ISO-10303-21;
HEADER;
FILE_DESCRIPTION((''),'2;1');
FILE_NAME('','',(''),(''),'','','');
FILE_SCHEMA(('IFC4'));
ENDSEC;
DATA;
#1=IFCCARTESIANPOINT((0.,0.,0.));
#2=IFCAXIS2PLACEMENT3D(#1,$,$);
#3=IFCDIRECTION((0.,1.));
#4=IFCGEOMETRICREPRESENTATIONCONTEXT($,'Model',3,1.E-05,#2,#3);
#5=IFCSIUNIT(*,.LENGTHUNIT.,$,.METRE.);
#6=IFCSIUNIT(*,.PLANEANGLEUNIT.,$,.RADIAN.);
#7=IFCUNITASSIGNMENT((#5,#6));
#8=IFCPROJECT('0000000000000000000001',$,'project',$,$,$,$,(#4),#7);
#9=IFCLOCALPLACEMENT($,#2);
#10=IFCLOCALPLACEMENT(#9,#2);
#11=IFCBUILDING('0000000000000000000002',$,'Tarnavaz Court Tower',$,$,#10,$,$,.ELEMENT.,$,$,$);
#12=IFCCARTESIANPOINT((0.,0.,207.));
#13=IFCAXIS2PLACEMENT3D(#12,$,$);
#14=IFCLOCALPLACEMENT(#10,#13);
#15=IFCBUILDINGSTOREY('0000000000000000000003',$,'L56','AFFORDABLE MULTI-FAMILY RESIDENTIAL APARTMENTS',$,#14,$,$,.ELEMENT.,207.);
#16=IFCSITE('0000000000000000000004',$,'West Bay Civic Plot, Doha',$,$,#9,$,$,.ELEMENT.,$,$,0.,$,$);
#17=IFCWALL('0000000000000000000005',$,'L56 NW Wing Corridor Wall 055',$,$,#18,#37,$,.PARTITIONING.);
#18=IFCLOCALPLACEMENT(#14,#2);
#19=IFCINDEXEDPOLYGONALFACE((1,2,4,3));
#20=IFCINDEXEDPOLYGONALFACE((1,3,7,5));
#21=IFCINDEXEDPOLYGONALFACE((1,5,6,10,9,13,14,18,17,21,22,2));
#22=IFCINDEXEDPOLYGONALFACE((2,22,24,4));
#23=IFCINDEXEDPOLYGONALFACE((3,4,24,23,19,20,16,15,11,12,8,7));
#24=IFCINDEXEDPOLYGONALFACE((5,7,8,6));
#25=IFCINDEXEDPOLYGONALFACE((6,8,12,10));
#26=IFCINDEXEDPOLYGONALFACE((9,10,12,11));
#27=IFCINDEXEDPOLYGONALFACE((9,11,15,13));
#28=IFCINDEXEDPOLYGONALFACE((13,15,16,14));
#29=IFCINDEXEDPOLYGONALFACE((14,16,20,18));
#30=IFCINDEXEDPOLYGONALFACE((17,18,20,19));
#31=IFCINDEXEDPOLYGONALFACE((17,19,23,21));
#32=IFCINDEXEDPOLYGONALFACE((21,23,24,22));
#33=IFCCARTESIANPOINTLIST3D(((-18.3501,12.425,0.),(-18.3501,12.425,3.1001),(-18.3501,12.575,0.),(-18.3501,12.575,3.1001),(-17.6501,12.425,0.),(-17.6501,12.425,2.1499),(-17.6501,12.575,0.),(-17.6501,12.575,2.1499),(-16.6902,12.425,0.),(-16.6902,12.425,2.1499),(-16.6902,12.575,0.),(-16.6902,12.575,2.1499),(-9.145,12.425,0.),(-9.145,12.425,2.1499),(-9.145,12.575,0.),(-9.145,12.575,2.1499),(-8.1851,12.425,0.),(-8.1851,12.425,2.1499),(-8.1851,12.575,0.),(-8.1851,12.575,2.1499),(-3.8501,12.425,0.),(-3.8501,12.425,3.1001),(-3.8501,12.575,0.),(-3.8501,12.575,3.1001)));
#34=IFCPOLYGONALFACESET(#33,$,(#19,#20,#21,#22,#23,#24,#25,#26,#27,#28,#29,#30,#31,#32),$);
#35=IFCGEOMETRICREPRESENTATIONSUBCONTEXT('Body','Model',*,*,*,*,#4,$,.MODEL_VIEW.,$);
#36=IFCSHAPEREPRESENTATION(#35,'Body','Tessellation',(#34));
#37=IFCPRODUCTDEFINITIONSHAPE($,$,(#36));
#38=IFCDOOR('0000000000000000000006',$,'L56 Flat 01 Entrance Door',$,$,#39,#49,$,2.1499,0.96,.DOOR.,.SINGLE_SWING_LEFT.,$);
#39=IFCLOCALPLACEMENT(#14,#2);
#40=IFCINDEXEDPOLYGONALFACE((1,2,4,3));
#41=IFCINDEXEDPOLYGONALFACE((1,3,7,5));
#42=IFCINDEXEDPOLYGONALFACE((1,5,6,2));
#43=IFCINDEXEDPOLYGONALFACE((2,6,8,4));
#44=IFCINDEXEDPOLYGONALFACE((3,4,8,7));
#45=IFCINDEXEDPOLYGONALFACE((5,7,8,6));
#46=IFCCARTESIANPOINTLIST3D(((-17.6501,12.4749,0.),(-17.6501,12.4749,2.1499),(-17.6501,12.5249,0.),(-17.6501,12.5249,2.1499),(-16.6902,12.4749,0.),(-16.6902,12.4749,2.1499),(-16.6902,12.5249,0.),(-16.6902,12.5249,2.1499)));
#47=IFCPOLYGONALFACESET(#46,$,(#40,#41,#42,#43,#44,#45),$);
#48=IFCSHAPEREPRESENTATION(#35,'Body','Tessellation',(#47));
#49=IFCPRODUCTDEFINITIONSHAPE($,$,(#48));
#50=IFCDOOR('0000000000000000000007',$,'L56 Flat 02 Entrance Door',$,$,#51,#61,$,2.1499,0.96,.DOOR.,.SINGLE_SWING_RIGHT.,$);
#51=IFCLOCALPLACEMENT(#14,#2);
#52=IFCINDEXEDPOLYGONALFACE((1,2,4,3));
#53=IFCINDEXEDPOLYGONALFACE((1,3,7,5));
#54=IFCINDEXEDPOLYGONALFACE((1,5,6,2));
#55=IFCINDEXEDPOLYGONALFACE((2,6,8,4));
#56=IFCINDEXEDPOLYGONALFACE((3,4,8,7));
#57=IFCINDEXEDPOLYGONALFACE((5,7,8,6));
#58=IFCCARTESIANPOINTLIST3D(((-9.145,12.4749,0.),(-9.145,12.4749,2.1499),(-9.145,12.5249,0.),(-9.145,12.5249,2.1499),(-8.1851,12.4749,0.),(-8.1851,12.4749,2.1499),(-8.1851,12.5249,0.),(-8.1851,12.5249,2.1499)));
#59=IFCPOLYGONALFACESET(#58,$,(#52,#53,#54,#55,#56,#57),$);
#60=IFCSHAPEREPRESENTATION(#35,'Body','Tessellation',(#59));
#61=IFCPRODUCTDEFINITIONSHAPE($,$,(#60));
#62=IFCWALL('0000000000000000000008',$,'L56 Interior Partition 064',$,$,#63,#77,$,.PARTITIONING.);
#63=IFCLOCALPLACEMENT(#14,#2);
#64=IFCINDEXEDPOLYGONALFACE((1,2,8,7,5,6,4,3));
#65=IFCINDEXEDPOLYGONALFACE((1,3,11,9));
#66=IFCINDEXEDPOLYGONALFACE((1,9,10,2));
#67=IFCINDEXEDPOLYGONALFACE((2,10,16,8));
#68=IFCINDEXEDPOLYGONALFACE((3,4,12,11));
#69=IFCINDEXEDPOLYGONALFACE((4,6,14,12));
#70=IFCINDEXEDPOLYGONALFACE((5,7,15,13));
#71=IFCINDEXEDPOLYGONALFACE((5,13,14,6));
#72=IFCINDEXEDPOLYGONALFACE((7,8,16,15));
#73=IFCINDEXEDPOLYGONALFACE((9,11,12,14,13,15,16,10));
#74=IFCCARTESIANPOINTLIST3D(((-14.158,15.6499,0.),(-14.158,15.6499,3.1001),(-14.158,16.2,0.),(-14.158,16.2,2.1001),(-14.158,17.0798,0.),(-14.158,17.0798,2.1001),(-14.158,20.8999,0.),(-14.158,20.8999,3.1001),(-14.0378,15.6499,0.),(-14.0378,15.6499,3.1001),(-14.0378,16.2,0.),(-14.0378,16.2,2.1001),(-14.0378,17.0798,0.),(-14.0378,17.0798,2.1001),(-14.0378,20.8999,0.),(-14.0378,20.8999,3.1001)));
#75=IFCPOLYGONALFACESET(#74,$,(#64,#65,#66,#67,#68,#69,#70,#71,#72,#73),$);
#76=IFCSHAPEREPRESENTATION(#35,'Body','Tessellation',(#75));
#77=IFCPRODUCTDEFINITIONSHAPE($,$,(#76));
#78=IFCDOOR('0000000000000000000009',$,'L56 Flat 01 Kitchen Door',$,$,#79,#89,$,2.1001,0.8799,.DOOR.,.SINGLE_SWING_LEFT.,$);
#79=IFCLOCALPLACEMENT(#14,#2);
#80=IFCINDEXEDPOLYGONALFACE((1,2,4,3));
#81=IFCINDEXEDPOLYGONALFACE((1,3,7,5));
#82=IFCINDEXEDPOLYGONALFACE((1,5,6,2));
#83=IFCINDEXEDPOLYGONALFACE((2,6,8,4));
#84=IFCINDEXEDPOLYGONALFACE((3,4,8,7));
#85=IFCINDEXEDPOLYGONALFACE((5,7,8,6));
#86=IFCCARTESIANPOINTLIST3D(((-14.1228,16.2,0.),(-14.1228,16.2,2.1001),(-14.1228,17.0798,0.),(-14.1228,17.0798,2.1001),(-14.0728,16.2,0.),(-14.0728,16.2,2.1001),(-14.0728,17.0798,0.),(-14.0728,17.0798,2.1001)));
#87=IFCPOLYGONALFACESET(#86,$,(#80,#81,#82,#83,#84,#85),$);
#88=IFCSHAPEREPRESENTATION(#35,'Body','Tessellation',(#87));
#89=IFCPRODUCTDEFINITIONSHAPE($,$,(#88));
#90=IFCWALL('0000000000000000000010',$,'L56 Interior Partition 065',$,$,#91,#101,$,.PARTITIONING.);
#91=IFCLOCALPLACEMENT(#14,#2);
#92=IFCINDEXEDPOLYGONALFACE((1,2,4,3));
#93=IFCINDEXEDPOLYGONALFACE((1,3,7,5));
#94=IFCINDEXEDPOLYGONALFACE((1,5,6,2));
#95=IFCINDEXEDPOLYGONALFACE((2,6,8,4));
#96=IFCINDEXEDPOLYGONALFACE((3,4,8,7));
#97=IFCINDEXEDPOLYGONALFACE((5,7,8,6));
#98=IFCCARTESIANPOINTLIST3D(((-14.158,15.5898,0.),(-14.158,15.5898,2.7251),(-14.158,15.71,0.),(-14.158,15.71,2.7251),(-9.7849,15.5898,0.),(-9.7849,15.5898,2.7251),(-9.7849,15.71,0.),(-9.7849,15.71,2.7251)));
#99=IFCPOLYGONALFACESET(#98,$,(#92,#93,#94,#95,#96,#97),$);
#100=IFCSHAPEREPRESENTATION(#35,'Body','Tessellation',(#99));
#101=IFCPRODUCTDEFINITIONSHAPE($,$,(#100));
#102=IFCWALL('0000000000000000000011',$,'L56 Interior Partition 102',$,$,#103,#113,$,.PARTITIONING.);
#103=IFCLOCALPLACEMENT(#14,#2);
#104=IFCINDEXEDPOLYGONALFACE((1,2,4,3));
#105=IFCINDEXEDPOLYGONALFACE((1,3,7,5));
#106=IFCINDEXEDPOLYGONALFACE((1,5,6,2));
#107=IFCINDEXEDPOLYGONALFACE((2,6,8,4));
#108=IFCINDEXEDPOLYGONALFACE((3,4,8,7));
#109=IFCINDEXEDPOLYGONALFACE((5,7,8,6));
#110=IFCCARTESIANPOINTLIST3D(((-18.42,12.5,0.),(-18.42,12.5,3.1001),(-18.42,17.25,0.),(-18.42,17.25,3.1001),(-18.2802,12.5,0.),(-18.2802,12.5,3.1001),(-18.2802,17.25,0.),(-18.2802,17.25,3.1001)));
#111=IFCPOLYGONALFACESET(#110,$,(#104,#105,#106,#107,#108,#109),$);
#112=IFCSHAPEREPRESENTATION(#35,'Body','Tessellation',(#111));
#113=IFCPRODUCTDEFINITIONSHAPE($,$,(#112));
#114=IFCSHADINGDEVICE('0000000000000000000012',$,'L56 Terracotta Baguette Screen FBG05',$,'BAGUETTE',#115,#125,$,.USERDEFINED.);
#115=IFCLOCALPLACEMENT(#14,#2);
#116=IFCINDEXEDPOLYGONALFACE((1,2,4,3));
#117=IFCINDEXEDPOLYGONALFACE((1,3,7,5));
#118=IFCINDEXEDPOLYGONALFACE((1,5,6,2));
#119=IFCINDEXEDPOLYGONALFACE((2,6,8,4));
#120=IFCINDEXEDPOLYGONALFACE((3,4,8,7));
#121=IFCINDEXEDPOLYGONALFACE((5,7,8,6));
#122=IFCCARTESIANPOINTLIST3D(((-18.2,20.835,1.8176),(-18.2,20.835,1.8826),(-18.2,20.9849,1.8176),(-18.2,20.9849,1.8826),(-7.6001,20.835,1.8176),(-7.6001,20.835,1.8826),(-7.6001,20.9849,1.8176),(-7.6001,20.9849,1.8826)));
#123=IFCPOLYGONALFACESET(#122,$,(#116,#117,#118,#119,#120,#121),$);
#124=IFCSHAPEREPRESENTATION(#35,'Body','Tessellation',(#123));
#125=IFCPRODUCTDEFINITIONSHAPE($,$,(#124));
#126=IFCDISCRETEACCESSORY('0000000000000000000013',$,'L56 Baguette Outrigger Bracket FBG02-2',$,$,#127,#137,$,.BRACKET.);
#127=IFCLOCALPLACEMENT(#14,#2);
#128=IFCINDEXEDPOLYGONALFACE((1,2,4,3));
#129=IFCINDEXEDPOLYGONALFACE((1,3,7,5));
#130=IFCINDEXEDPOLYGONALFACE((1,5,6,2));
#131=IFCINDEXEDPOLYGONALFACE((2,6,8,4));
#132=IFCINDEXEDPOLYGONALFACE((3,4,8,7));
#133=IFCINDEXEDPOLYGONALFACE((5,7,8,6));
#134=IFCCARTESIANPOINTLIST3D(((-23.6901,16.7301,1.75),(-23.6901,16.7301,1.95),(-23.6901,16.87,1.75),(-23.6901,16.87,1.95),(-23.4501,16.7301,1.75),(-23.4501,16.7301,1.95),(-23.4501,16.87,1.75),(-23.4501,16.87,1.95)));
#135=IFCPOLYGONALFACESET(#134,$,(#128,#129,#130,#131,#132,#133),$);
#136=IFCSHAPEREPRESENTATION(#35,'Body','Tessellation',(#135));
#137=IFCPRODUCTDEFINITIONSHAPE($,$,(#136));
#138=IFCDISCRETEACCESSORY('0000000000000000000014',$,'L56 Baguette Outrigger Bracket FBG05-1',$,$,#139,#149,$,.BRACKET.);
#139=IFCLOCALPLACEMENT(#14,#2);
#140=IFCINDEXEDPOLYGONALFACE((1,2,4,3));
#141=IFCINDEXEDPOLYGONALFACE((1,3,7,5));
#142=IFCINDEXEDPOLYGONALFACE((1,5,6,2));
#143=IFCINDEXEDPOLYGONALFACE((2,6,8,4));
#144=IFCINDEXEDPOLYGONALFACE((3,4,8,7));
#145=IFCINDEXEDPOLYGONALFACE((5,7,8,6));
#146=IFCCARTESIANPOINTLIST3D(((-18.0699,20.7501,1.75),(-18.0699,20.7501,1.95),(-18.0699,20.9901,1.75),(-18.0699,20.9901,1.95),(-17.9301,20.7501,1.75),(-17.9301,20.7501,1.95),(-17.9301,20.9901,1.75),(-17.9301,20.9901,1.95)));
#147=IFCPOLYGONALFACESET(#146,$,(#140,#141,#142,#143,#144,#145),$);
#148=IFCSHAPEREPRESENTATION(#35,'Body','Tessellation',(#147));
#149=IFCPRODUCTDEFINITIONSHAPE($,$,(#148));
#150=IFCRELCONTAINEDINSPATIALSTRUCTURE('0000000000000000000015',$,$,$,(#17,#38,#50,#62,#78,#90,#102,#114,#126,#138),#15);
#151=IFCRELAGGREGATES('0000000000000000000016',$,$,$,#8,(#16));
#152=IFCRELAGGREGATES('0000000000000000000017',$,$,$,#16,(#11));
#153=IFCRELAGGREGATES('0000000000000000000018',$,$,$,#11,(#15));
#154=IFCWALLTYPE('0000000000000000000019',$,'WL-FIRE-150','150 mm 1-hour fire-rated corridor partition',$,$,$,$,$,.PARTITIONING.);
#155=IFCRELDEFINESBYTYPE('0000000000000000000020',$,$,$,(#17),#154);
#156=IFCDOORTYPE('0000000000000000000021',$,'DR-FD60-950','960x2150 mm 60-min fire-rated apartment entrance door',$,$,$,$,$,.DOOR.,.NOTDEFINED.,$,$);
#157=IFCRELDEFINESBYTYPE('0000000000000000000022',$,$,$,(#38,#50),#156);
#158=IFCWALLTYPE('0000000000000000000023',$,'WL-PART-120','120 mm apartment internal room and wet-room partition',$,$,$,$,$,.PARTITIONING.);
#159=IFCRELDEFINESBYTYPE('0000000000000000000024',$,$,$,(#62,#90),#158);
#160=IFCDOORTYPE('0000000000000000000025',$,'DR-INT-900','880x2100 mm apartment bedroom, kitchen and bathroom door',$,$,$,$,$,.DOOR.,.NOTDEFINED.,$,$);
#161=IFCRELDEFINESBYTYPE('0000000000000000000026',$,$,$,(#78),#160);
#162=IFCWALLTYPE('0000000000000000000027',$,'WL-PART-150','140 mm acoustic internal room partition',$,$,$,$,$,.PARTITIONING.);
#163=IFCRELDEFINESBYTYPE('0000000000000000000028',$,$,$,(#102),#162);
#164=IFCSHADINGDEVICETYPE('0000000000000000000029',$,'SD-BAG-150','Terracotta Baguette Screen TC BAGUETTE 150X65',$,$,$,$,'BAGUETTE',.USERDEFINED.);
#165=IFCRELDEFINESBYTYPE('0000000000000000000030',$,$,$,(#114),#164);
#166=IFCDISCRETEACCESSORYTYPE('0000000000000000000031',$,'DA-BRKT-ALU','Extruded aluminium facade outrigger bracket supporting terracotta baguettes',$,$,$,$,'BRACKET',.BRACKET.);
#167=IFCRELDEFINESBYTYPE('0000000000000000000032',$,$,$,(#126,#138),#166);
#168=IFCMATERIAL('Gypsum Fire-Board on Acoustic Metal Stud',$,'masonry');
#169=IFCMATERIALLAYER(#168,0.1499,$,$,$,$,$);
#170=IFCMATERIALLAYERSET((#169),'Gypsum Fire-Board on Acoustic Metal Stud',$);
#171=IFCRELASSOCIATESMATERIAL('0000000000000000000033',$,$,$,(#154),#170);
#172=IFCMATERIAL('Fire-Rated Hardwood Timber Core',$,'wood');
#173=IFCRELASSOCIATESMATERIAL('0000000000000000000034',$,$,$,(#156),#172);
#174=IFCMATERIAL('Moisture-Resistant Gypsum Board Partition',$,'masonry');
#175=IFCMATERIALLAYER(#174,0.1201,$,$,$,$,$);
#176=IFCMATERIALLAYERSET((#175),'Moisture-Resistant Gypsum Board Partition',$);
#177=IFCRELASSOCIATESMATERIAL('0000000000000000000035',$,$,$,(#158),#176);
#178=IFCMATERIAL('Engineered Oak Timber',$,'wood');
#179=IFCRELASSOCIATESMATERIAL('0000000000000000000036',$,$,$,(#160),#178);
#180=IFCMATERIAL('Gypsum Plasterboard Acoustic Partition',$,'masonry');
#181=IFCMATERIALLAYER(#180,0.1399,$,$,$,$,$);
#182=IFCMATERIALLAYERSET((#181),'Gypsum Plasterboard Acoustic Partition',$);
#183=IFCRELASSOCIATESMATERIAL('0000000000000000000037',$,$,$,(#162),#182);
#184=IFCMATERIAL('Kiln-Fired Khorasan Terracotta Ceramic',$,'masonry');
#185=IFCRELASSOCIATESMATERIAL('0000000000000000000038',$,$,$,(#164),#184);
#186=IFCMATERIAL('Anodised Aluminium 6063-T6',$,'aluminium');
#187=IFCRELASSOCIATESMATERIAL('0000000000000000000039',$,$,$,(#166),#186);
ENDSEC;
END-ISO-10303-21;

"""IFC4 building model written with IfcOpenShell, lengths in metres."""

from ifc_helpers import new_model, si_unit, direction, frame, frame_2d, origin, origin_2d, place, context, subcontext, project, spatial, rectangle, extrude, material, layer, layer_set, material_profile, profile_set, type_object, element, fill, save


model = new_model("IFC4")

# Units and contexts
model_context = context("Model", 3, precision=1e-05, world=origin(), true_north=direction((0.0, 1.0)))
body_context = subcontext(model_context, "Body", "Model", "MODEL_VIEW")
ifc_project = project(units=[si_unit("LENGTHUNIT", "METRE"), si_unit("PLANEANGLEUNIT", "RADIAN")], contexts=[model_context])

# Site, building, storey
site_placement = place(None, origin())
site = spatial("IfcSite", under=ifc_project, at=site_placement, Name="West Bay Civic Plot, Doha", CompositionType="ELEMENT", RefElevation=0.0)
building_placement = place(site_placement, origin())
building = spatial("IfcBuilding", under=site, at=building_placement, Name="Tarnavaz Court Tower", CompositionType="ELEMENT")
storey_placement = place(building_placement, frame((0.0, 0.0, 207.0)))
storey = spatial("IfcBuildingStorey", under=building, at=storey_placement, Name="L56", Description="AFFORDABLE MULTI-FAMILY RESIDENTIAL APARTMENTS", CompositionType="ELEMENT", Elevation=207.0)

# Wall, openings, doors
ifc_material_1 = material(Name="Gypsum Fire-Board on Acoustic Metal Stud", Category="masonry")
ifc_layer_1 = layer(ifc_material_1, 0.1499)
ifc_layer_set_1 = layer_set([ifc_layer_1], Name="Gypsum Fire-Board on Acoustic Metal Stud")
wall_type_1 = type_object("IfcWallType", Name="WL-FIRE-150", Description="150 mm 1-hour fire-rated corridor partition", PredefinedType="PARTITIONING", material=ifc_layer_set_1)
wall_1_placement = place(storey_placement, frame((-18.3501, 12.5, 0.0), z_axis=(0.0, 0.0, 1.0), x_axis=(1.0, 0.0, 0.0)))
wall_1 = element("IfcWall", 1, at=wall_1_placement, inside=storey, type_object=wall_type_1, Name="L56 NW Wing Corridor Wall 055", PredefinedType="PARTITIONING", context=body_context, shape_type="SweptSolid", body=[
    extrude(rectangle(XDim=14.5, YDim=0.1499, at=frame_2d((7.25, 0.0))), origin(), (0.0, 0.0, 1.0), 3.1001),
])
opening_1_placement = place(wall_1_placement, frame((0.7, 0.0, 0.0)))
opening_1 = element("IfcOpeningElement", 2, at=opening_1_placement, cuts=wall_1, PredefinedType="OPENING", context=body_context, shape_type="SweptSolid", body=[
    extrude(rectangle(XDim=0.96, YDim=2.1499, at=frame_2d((0.48, 1.075))), frame((0.0, 0.085, 0.0), z_axis=(0.0, -1.0, 0.0), x_axis=(1.0, 0.0, 0.0)), (0.0, 0.0, 1.0), 0.1699),
])
opening_2_placement = place(wall_1_placement, frame((9.2051, 0.0, 0.0)))
opening_2 = element("IfcOpeningElement", 3, at=opening_2_placement, cuts=wall_1, PredefinedType="OPENING", context=body_context, shape_type="SweptSolid", body=[
    extrude(rectangle(XDim=0.96, YDim=2.1499, at=frame_2d((0.48, 1.075))), frame((0.0, 0.085, 0.0), z_axis=(0.0, -1.0, 0.0), x_axis=(1.0, 0.0, 0.0)), (0.0, 0.0, 1.0), 0.1699),
])
ifc_material_2 = material(Name="Fire-Rated Hardwood Timber Core", Category="wood")
door_type_1 = type_object("IfcDoorType", Name="DR-FD60-950", Description="960x2150 mm 60-min fire-rated apartment entrance door", OperationType="NOTDEFINED", PredefinedType="DOOR", material=ifc_material_2)
door_1_placement = place(opening_1_placement, origin())
door_1 = element("IfcDoor", 4, at=door_1_placement, inside=storey, type_object=door_type_1, Name="L56 Flat 01 Entrance Door", OperationType="SINGLE_SWING_LEFT", OverallHeight=2.1499, OverallWidth=0.96, PredefinedType="DOOR", context=body_context, shape_type="SweptSolid", body=[
    extrude(rectangle(XDim=0.96, YDim=2.1499, at=frame_2d((0.48, 1.075))), frame((0.0, 0.0249, 0.0), z_axis=(0.0, -1.0, 0.0), x_axis=(1.0, 0.0, 0.0)), (0.0, 0.0, 1.0), 0.05),
])
fill(opening_1, door_1)
door_2_placement = place(opening_2_placement, origin())
door_2 = element("IfcDoor", 5, at=door_2_placement, inside=storey, type_object=door_type_1, Name="L56 Flat 02 Entrance Door", OperationType="SINGLE_SWING_RIGHT", OverallHeight=2.1499, OverallWidth=0.96, PredefinedType="DOOR", context=body_context, shape_type="SweptSolid", body=[
    extrude(rectangle(XDim=0.96, YDim=2.1499, at=frame_2d((0.48, 1.075))), frame((0.0, 0.0249, 0.0), z_axis=(0.0, -1.0, 0.0), x_axis=(1.0, 0.0, 0.0)), (0.0, 0.0, 1.0), 0.05),
])
fill(opening_2, door_2)

# Wall, opening, door
ifc_material_3 = material(Name="Moisture-Resistant Gypsum Board Partition", Category="masonry")
ifc_layer_2 = layer(ifc_material_3, 0.1201)
ifc_layer_set_2 = layer_set([ifc_layer_2], Name="Moisture-Resistant Gypsum Board Partition")
wall_type_2 = type_object("IfcWallType", Name="WL-PART-120", Description="120 mm apartment internal room and wet-room partition", PredefinedType="PARTITIONING", material=ifc_layer_set_2)
wall_2_placement = place(storey_placement, frame((-14.0979, 15.6499, 0.0), z_axis=(0.0, 0.0, 1.0), x_axis=(0.0, 1.0, 0.0)))
wall_2 = element("IfcWall", 6, at=wall_2_placement, inside=storey, type_object=wall_type_2, Name="L56 Interior Partition 064", PredefinedType="PARTITIONING", context=body_context, shape_type="SweptSolid", body=[
    extrude(rectangle(XDim=5.25, YDim=0.1201, at=frame_2d((2.625, 0.0))), origin(), (0.0, 0.0, 1.0), 3.1001),
])
opening_3_placement = place(wall_2_placement, frame((0.55, 0.0, 0.0)))
opening_3 = element("IfcOpeningElement", 7, at=opening_3_placement, cuts=wall_2, PredefinedType="OPENING", context=body_context, shape_type="SweptSolid", body=[
    extrude(rectangle(XDim=0.8799, YDim=2.1001, at=frame_2d((0.4399, 1.05))), frame((0.0, 0.0701, 0.0), z_axis=(0.0, -1.0, 0.0), x_axis=(1.0, 0.0, 0.0)), (0.0, 0.0, 1.0), 0.1401),
])
ifc_material_4 = material(Name="Engineered Oak Timber", Category="wood")
door_type_2 = type_object("IfcDoorType", Name="DR-INT-900", Description="880x2100 mm apartment bedroom, kitchen and bathroom door", OperationType="NOTDEFINED", PredefinedType="DOOR", material=ifc_material_4)
door_3_placement = place(opening_3_placement, origin())
door_3 = element("IfcDoor", 8, at=door_3_placement, inside=storey, type_object=door_type_2, Name="L56 Flat 01 Kitchen Door", OperationType="SINGLE_SWING_LEFT", OverallHeight=2.1001, OverallWidth=0.8799, PredefinedType="DOOR", context=body_context, shape_type="SweptSolid", body=[
    extrude(rectangle(XDim=0.8799, YDim=2.1001, at=frame_2d((0.4399, 1.05))), frame((0.0, 0.0249, 0.0), z_axis=(0.0, -1.0, 0.0), x_axis=(1.0, 0.0, 0.0)), (0.0, 0.0, 1.0), 0.05),
])
fill(opening_3, door_3)

# Walls
wall_3_placement = place(storey_placement, frame((-14.158, 15.6499, 0.0), z_axis=(0.0, 0.0, 1.0), x_axis=(1.0, 0.0, 0.0)))
element("IfcWall", 9, at=wall_3_placement, inside=storey, type_object=wall_type_2, Name="L56 Interior Partition 065", PredefinedType="PARTITIONING", context=body_context, shape_type="SweptSolid", body=[
    extrude(rectangle(XDim=4.373, YDim=0.1201, at=frame_2d((2.1865, 0.0))), origin(), (0.0, 0.0, 1.0), 2.7251),
])
ifc_material_5 = material(Name="Gypsum Plasterboard Acoustic Partition", Category="masonry")
ifc_layer_3 = layer(ifc_material_5, 0.1399)
ifc_layer_set_3 = layer_set([ifc_layer_3], Name="Gypsum Plasterboard Acoustic Partition")
wall_type_3 = type_object("IfcWallType", Name="WL-PART-150", Description="140 mm acoustic internal room partition", PredefinedType="PARTITIONING", material=ifc_layer_set_3)
wall_4_placement = place(storey_placement, frame((-18.3501, 12.5, 0.0), z_axis=(0.0, 0.0, 1.0), x_axis=(0.0, 1.0, 0.0)))
element("IfcWall", 10, at=wall_4_placement, inside=storey, type_object=wall_type_3, Name="L56 Interior Partition 102", PredefinedType="PARTITIONING", context=body_context, shape_type="SweptSolid", body=[
    extrude(rectangle(XDim=4.75, YDim=0.1399, at=frame_2d((2.375, 0.0))), origin(), (0.0, 0.0, 1.0), 3.1001),
])

# Shading device
ifc_material_6 = material(Name="Kiln-Fired Khorasan Terracotta Ceramic", Category="masonry")
ifc_material_profile_1 = material_profile(ifc_material_6, rectangle(XDim=0.1499, YDim=0.0649, at=origin_2d()), Name="TC BAGUETTE 150X65")
ifc_profile_set_1 = profile_set([ifc_material_profile_1], Name="Kiln-Fired Khorasan Terracotta Ceramic")
shading_device_type = type_object("IfcShadingDeviceType", Name="SD-BAG-150", Description="Terracotta Baguette Screen TC BAGUETTE 150X65", ElementType="BAGUETTE", PredefinedType="USERDEFINED", material=ifc_profile_set_1)
shading_device_placement = place(storey_placement, frame((-18.2, 20.9099, 1.8501), z_axis=(1.0, 0.0, 0.0), x_axis=(0.0, 1.0, 0.0)))
element("IfcShadingDevice", 11, at=shading_device_placement, inside=storey, type_object=shading_device_type, Name="L56 Terracotta Baguette Screen FBG05", ObjectType="BAGUETTE", PredefinedType="USERDEFINED", context=body_context, shape_type="SweptSolid", body=[
    extrude(rectangle(XDim=0.1499, YDim=0.0649, at=origin_2d()), origin(), (0.0, 0.0, 1.0), 10.5999),
])

# Discrete accessories
ifc_material_7 = material(Name="Anodised Aluminium 6063-T6", Category="aluminium")
discrete_accessory_type = type_object("IfcDiscreteAccessoryType", Name="DA-BRKT-ALU", Description="Extruded aluminium facade outrigger bracket supporting terracotta baguettes", ElementType="BRACKET", PredefinedType="BRACKET", material=ifc_material_7)
for number, where, z_axis, x_axis, name in (
    (12, (-23.5701, 16.8, 1.75), (0.0, 0.0, 1.0), (0.0, 1.0, 0.0), "L56 Baguette Outrigger Bracket FBG02-2"),
    (13, (-18.0, 20.8701, 1.75), (0.0, 0.0, 1.0), (1.0, 0.0, 0.0), "L56 Baguette Outrigger Bracket FBG05-1"),
):
    element("IfcDiscreteAccessory", number, at=place(storey_placement, frame(where, z_axis=z_axis, x_axis=x_axis)), inside=storey, type_object=discrete_accessory_type, Name=name, PredefinedType="BRACKET", context=body_context, shape_type="SweptSolid", body=[
        extrude(rectangle(XDim=0.1399, YDim=0.24, at=origin_2d()), origin(), (0.0, 0.0, 1.0), 0.2),
    ])

save(model, "model.ifc")
